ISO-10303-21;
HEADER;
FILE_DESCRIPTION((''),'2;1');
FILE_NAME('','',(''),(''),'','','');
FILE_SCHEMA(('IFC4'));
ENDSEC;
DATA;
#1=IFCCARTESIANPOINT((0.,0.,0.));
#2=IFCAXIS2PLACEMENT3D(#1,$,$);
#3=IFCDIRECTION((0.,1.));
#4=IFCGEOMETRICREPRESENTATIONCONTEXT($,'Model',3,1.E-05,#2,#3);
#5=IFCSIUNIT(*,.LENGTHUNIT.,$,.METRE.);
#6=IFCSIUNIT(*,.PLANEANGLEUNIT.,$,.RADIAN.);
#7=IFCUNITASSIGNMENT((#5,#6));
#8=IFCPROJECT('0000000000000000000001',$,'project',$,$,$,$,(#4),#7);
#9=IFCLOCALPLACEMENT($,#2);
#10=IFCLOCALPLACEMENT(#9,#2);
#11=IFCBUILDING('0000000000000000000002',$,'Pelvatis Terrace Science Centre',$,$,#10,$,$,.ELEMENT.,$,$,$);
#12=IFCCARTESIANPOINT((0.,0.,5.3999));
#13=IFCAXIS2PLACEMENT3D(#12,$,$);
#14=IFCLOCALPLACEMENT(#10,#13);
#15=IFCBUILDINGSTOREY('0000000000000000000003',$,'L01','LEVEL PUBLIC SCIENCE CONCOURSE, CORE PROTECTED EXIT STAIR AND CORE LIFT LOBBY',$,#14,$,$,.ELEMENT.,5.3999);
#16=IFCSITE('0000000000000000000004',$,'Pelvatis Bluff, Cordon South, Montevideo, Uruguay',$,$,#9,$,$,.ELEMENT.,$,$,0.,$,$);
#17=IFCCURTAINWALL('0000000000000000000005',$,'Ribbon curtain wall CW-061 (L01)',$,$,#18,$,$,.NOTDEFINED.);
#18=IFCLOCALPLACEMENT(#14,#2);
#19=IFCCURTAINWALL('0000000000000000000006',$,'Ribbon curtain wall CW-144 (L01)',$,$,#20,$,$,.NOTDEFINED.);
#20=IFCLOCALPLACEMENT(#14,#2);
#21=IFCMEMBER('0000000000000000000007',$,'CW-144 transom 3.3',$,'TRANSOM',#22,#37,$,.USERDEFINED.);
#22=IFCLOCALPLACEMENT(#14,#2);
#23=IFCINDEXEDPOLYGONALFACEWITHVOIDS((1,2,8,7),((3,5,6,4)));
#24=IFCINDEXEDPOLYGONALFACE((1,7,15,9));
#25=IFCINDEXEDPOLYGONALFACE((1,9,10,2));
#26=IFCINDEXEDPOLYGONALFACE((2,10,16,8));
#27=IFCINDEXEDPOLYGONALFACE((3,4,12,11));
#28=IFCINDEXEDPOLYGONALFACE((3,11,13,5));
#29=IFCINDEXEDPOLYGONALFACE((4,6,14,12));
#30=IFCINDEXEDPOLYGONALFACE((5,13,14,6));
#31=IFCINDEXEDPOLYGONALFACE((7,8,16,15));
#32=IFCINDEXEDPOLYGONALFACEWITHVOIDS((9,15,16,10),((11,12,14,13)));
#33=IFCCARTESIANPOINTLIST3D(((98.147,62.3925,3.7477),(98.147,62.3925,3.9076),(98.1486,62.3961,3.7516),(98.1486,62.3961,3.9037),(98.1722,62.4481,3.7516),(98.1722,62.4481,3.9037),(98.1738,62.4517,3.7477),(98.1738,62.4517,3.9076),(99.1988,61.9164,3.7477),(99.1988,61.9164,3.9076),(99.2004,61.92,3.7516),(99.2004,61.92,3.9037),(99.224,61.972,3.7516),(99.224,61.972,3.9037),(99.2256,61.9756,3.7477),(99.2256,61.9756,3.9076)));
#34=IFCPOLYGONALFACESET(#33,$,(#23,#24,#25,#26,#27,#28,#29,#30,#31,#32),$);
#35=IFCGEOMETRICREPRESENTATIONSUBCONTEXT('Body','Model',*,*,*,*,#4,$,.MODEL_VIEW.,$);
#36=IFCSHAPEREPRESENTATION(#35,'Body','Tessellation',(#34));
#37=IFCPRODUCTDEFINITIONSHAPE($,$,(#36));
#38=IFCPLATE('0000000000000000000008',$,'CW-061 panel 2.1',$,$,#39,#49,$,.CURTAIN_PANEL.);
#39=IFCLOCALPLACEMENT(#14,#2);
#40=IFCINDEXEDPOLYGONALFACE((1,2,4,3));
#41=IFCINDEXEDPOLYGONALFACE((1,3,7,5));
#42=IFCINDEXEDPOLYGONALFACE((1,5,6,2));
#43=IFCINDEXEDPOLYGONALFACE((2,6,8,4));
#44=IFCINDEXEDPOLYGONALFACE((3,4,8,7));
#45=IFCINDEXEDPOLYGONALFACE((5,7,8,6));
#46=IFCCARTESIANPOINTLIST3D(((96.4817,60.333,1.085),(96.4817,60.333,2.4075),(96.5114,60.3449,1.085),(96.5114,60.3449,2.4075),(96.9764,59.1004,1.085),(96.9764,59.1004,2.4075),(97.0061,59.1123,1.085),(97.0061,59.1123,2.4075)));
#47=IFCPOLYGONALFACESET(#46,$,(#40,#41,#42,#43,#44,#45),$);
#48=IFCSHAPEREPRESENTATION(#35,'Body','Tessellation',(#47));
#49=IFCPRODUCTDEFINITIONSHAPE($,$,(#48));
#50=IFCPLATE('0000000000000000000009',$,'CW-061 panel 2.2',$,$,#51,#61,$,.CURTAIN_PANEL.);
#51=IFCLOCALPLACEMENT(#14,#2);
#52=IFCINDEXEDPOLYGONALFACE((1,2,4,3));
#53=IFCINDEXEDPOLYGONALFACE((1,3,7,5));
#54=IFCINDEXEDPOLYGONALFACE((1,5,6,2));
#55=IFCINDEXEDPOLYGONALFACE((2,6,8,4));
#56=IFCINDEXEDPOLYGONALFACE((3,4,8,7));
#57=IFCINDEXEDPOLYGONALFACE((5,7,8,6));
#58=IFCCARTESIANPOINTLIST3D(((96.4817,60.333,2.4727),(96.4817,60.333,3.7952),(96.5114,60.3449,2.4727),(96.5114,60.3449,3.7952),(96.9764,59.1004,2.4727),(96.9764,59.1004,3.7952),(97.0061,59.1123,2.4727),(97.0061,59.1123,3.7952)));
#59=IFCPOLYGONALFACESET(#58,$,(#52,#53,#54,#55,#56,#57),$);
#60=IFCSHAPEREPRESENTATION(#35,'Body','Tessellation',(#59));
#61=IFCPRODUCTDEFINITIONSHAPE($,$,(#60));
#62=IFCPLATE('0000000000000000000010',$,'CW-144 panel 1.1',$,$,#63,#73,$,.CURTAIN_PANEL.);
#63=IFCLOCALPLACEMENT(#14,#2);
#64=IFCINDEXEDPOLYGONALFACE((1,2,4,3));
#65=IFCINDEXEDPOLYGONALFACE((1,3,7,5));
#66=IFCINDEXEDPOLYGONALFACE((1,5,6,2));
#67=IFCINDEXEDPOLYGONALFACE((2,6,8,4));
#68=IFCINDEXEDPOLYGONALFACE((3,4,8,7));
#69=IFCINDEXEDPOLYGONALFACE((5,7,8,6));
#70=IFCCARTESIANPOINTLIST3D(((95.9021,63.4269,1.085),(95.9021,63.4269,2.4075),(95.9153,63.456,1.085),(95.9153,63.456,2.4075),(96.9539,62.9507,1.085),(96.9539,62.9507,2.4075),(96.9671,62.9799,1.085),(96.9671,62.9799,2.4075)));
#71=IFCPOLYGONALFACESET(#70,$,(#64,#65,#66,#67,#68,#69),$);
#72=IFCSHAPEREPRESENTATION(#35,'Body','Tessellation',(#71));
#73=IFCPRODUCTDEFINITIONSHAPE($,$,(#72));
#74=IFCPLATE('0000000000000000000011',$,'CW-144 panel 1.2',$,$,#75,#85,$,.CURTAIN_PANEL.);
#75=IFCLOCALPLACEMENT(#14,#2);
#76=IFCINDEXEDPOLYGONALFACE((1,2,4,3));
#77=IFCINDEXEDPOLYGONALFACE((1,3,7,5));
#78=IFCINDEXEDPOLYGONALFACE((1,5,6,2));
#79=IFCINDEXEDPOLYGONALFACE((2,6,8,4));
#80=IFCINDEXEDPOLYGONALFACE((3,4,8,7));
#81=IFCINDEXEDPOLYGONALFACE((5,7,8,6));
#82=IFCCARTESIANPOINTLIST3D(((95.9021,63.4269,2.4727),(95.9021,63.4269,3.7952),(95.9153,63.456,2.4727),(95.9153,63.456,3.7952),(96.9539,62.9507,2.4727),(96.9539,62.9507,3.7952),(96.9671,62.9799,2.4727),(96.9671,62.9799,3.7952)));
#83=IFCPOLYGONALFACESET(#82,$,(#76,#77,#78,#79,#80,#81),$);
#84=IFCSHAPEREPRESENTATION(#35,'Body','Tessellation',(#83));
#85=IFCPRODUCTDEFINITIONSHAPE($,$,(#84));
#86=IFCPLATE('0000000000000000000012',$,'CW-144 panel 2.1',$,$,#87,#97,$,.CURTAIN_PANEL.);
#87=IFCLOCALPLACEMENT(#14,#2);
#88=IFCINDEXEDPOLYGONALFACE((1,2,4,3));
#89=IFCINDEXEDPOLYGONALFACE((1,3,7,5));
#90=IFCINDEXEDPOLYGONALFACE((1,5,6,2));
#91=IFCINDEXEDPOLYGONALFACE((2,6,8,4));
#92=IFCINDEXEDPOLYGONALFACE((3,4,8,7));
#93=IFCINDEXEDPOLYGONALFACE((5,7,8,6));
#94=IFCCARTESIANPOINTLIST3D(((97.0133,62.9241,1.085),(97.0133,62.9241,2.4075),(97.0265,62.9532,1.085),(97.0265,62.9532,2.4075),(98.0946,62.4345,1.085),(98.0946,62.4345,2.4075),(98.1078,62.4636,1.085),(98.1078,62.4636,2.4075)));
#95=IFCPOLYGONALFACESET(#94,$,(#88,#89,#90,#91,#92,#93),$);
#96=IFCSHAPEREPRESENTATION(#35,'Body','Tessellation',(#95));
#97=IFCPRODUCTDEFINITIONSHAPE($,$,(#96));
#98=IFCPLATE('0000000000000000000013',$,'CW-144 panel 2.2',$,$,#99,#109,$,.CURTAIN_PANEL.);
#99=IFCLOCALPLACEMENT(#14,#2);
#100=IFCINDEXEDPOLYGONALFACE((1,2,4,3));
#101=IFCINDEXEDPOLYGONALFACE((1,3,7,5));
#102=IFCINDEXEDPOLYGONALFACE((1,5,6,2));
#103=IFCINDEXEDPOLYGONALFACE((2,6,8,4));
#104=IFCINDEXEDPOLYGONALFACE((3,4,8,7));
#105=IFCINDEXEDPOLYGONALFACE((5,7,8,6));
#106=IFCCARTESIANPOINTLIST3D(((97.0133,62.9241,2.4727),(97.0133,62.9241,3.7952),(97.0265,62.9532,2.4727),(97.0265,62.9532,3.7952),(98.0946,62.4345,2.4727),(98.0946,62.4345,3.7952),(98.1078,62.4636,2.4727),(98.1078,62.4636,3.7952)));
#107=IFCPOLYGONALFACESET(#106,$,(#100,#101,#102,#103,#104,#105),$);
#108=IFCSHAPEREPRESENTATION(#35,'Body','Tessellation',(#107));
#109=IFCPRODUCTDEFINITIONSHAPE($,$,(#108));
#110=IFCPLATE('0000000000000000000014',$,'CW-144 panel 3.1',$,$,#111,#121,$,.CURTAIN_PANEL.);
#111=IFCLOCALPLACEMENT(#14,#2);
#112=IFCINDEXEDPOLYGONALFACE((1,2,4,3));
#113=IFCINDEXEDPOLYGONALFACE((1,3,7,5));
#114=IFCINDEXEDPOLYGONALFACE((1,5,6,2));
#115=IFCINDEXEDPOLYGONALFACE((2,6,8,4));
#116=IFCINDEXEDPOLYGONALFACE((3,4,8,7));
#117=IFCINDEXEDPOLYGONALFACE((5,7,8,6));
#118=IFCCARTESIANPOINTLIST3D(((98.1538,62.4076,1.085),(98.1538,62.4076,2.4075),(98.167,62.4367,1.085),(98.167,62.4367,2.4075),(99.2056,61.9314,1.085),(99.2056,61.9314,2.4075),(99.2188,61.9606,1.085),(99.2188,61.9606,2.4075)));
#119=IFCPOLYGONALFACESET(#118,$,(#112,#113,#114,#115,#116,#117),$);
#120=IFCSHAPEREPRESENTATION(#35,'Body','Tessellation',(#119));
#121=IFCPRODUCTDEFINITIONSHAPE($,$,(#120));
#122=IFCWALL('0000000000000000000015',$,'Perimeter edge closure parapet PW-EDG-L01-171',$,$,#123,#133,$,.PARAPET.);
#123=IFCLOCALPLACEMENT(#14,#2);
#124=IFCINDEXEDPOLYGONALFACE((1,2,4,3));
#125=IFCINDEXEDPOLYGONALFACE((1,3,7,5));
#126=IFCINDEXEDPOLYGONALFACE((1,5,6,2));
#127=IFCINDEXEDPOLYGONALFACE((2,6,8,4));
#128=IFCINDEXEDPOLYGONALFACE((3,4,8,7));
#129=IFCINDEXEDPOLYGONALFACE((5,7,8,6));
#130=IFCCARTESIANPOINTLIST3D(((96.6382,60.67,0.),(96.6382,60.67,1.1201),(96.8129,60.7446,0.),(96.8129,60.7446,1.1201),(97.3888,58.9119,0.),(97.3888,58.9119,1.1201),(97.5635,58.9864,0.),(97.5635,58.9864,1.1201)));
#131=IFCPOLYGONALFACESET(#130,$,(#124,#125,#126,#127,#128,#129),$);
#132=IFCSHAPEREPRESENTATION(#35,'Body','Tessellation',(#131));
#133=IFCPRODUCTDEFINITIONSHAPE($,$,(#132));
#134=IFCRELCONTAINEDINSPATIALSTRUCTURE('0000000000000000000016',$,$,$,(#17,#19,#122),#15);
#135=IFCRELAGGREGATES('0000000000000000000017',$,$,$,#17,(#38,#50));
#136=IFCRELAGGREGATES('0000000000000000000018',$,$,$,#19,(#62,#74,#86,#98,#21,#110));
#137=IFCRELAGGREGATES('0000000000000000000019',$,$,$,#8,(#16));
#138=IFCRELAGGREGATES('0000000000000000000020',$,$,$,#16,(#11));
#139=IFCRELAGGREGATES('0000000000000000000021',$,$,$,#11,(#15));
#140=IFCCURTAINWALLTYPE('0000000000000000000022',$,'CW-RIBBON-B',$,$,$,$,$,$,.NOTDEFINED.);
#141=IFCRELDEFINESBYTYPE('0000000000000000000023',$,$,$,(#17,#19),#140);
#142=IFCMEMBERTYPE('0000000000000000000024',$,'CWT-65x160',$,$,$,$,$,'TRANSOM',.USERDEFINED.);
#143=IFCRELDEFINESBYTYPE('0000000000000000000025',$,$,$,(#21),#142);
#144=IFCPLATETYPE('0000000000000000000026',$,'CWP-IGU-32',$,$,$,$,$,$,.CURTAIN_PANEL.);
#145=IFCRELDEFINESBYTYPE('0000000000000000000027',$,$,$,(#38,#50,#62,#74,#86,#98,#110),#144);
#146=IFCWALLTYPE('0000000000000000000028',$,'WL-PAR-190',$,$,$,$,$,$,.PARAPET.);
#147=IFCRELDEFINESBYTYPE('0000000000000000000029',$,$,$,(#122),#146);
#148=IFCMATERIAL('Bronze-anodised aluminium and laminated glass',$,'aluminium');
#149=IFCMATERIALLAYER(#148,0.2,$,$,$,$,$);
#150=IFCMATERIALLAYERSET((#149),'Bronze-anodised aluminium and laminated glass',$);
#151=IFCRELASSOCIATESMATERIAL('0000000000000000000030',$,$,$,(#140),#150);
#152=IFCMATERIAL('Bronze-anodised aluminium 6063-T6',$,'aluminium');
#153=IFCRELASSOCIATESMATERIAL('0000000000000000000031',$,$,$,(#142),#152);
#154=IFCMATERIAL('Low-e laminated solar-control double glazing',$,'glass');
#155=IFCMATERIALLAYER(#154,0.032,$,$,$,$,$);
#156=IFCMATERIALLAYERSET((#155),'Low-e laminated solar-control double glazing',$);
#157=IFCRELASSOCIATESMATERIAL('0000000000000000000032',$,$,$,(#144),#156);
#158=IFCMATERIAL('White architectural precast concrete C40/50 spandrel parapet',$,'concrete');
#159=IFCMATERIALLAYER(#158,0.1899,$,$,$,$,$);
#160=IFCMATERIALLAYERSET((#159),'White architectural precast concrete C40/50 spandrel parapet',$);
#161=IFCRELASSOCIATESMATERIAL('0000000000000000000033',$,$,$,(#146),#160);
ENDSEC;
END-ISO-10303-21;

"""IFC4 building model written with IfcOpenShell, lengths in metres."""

from ifc_helpers import new_model, si_unit, direction, frame, frame_2d, origin, origin_2d, place, context, subcontext, project, spatial, rectangle, hollow_rectangle, extrude, material, layer, layer_set, material_profile, profile_set, type_object, element, aggregate, save


model = new_model("IFC4")

# Units and contexts
model_context = context("Model", 3, precision=1e-05, world=origin(), true_north=direction((0.0, 1.0)))
body_context = subcontext(model_context, "Body", "Model", "MODEL_VIEW")
ifc_project = project(units=[si_unit("LENGTHUNIT", "METRE"), si_unit("PLANEANGLEUNIT", "RADIAN")], contexts=[model_context])

# Site, building, storey
site_placement = place(None, origin())
site = spatial("IfcSite", under=ifc_project, at=site_placement, Name="Pelvatis Bluff, Cordon South, Montevideo, Uruguay", CompositionType="ELEMENT", RefElevation=0.0)
building_placement = place(site_placement, origin())
building = spatial("IfcBuilding", under=site, at=building_placement, Name="Pelvatis Terrace Science Centre", CompositionType="ELEMENT")
storey_placement = place(building_placement, frame((0.0, 0.0, 5.3999)))
storey = spatial("IfcBuildingStorey", under=building, at=storey_placement, Name="L01", Description="LEVEL PUBLIC SCIENCE CONCOURSE, CORE PROTECTED EXIT STAIR AND CORE LIFT LOBBY", CompositionType="ELEMENT", Elevation=5.3999)

# Curtain wall
ifc_material_1 = material(Name="Bronze-anodised aluminium and laminated glass", Category="aluminium")
ifc_layer_1 = layer(ifc_material_1, 0.2)
ifc_layer_set_1 = layer_set([ifc_layer_1], Name="Bronze-anodised aluminium and laminated glass")
curtain_wall_type = type_object("IfcCurtainWallType", Name="CW-RIBBON-B", PredefinedType="NOTDEFINED", material=ifc_layer_set_1)
curtain_wall_1_placement = place(storey_placement, origin())
curtain_wall_1 = element("IfcCurtainWall", 1, at=curtain_wall_1_placement, inside=storey, type_object=curtain_wall_type, Name="Ribbon curtain wall CW-061 (L01)", PredefinedType="NOTDEFINED")

# Curtain wall
curtain_wall_2_placement = place(storey_placement, origin())
curtain_wall_2 = element("IfcCurtainWall", 2, at=curtain_wall_2_placement, inside=storey, type_object=curtain_wall_type, Name="Ribbon curtain wall CW-144 (L01)", PredefinedType="NOTDEFINED")

# Member
ifc_material_2 = material(Name="Bronze-anodised aluminium 6063-T6", Category="aluminium")
ifc_material_profile_1 = material_profile(ifc_material_2, hollow_rectangle(XDim=0.0649, YDim=0.1599, WallThickness=0.0039, at=origin_2d()), Name="ALU-TRN 65x160")
ifc_profile_set_1 = profile_set([ifc_material_profile_1], Name="Bronze-anodised aluminium 6063-T6")
member_type_1 = type_object("IfcMemberType", Name="CWT-65x160", ElementType="TRANSOM", PredefinedType="USERDEFINED", material=ifc_profile_set_1)
member_1_placement = place(storey_placement, frame((98.1604, 62.4221, 3.8276), z_axis=(0.911017, -0.412368, 0.0), x_axis=(0.412368, 0.911017, 0.0)))
member_1 = element("IfcMember", 3, at=member_1_placement, type_object=member_type_1, Name="CW-144 transom 3.3", ObjectType="TRANSOM", PredefinedType="USERDEFINED", context=body_context, shape_type="SweptSolid", body=[
    extrude(hollow_rectangle(XDim=0.0649, YDim=0.1599, WallThickness=0.0039, at=origin_2d()), origin(), (0.0, 0.0, 1.0), 1.1545),
])

# Plates
ifc_material_3 = material(Name="Low-e laminated solar-control double glazing", Category="glass")
ifc_layer_2 = layer(ifc_material_3, 0.032)
ifc_layer_set_2 = layer_set([ifc_layer_2], Name="Low-e laminated solar-control double glazing")
plate_type = type_object("IfcPlateType", Name="CWP-IGU-32", PredefinedType="CURTAIN_PANEL", material=ifc_layer_set_2)
plate_1_placement = place(storey_placement, frame((96.7439, 59.7227, 1.085), z_axis=(0.0, 0.0, 1.0), x_axis=(-0.372504, 0.92803, 0.0)))
plate_1 = element("IfcPlate", 4, at=plate_1_placement, type_object=plate_type, Name="CW-061 panel 2.1", PredefinedType="CURTAIN_PANEL", context=body_context, shape_type="SweptSolid", body=[
    extrude(rectangle(XDim=1.3281, YDim=0.032, at=origin_2d()), origin(), (0.0, 0.0, 1.0), 1.3225),
])
plate_2_placement = place(storey_placement, frame((96.7439, 59.7227, 2.4727), z_axis=(0.0, 0.0, 1.0), x_axis=(-0.372504, 0.92803, 0.0)))
plate_2 = element("IfcPlate", 5, at=plate_2_placement, type_object=plate_type, Name="CW-061 panel 2.2", PredefinedType="CURTAIN_PANEL", context=body_context, shape_type="SweptSolid", body=[
    extrude(rectangle(XDim=1.3281, YDim=0.032, at=origin_2d()), origin(), (0.0, 0.0, 1.0), 1.3225),
])
aggregate(curtain_wall_1, [plate_1, plate_2])
plate_3_placement = place(storey_placement, frame((96.4346, 63.2034, 1.085), z_axis=(0.0, 0.0, 1.0), x_axis=(0.910989, -0.41243, 0.0)))
plate_3 = element("IfcPlate", 6, at=plate_3_placement, type_object=plate_type, Name="CW-144 panel 1.1", PredefinedType="CURTAIN_PANEL", context=body_context, shape_type="SweptSolid", body=[
    extrude(rectangle(XDim=1.1545, YDim=0.032, at=origin_2d()), origin(), (0.0, 0.0, 1.0), 1.3225),
])
plate_4_placement = place(storey_placement, frame((96.4346, 63.2034, 2.4727), z_axis=(0.0, 0.0, 1.0), x_axis=(0.910989, -0.41243, 0.0)))
plate_4 = element("IfcPlate", 7, at=plate_4_placement, type_object=plate_type, Name="CW-144 panel 1.2", PredefinedType="CURTAIN_PANEL", context=body_context, shape_type="SweptSolid", body=[
    extrude(rectangle(XDim=1.1545, YDim=0.032, at=origin_2d()), origin(), (0.0, 0.0, 1.0), 1.3225),
])
plate_5_placement = place(storey_placement, frame((97.5605, 62.6938, 1.085), z_axis=(0.0, 0.0, 1.0), x_axis=(0.910989, -0.41243, 0.0)))
plate_5 = element("IfcPlate", 8, at=plate_5_placement, type_object=plate_type, Name="CW-144 panel 2.1", PredefinedType="CURTAIN_PANEL", context=body_context, shape_type="SweptSolid", body=[
    extrude(rectangle(XDim=1.187, YDim=0.032, at=origin_2d()), origin(), (0.0, 0.0, 1.0), 1.3225),
])
plate_6_placement = place(storey_placement, frame((97.5605, 62.6938, 2.4727), z_axis=(0.0, 0.0, 1.0), x_axis=(0.910989, -0.41243, 0.0)))
plate_6 = element("IfcPlate", 9, at=plate_6_placement, type_object=plate_type, Name="CW-144 panel 2.2", PredefinedType="CURTAIN_PANEL", context=body_context, shape_type="SweptSolid", body=[
    extrude(rectangle(XDim=1.187, YDim=0.032, at=origin_2d()), origin(), (0.0, 0.0, 1.0), 1.3225),
])
plate_7_placement = place(storey_placement, frame((98.6863, 62.1841, 1.085), z_axis=(0.0, 0.0, 1.0), x_axis=(0.910989, -0.41243, 0.0)))
plate_7 = element("IfcPlate", 10, at=plate_7_placement, type_object=plate_type, Name="CW-144 panel 3.1", PredefinedType="CURTAIN_PANEL", context=body_context, shape_type="SweptSolid", body=[
    extrude(rectangle(XDim=1.1545, YDim=0.032, at=origin_2d()), origin(), (0.0, 0.0, 1.0), 1.3225),
])
aggregate(curtain_wall_2, [plate_3, plate_4, plate_5, plate_6, member_1, plate_7])

# Wall
ifc_material_4 = material(Name="White architectural precast concrete C40/50 spandrel parapet", Category="concrete")
ifc_layer_3 = layer(ifc_material_4, 0.1899)
ifc_layer_set_3 = layer_set([ifc_layer_3], Name="White architectural precast concrete C40/50 spandrel parapet")
wall_type = type_object("IfcWallType", Name="WL-PAR-190", PredefinedType="PARAPET", material=ifc_layer_set_3)
wall_placement = place(storey_placement, frame((96.7256, 60.7073, 0.0), z_axis=(0.0, 0.0, 1.0), x_axis=(0.392609, -0.919706, 0.0)))
element("IfcWall", 11, at=wall_placement, inside=storey, type_object=wall_type, Name="Perimeter edge closure parapet PW-EDG-L01-171", PredefinedType="PARAPET", context=body_context, shape_type="SweptSolid", body=[
    extrude(rectangle(XDim=1.9116, YDim=0.1899, at=frame_2d((0.9558, 0.0))), origin(), (0.0, 0.0, 1.0), 1.1201),
])

save(model, "model.ifc")
